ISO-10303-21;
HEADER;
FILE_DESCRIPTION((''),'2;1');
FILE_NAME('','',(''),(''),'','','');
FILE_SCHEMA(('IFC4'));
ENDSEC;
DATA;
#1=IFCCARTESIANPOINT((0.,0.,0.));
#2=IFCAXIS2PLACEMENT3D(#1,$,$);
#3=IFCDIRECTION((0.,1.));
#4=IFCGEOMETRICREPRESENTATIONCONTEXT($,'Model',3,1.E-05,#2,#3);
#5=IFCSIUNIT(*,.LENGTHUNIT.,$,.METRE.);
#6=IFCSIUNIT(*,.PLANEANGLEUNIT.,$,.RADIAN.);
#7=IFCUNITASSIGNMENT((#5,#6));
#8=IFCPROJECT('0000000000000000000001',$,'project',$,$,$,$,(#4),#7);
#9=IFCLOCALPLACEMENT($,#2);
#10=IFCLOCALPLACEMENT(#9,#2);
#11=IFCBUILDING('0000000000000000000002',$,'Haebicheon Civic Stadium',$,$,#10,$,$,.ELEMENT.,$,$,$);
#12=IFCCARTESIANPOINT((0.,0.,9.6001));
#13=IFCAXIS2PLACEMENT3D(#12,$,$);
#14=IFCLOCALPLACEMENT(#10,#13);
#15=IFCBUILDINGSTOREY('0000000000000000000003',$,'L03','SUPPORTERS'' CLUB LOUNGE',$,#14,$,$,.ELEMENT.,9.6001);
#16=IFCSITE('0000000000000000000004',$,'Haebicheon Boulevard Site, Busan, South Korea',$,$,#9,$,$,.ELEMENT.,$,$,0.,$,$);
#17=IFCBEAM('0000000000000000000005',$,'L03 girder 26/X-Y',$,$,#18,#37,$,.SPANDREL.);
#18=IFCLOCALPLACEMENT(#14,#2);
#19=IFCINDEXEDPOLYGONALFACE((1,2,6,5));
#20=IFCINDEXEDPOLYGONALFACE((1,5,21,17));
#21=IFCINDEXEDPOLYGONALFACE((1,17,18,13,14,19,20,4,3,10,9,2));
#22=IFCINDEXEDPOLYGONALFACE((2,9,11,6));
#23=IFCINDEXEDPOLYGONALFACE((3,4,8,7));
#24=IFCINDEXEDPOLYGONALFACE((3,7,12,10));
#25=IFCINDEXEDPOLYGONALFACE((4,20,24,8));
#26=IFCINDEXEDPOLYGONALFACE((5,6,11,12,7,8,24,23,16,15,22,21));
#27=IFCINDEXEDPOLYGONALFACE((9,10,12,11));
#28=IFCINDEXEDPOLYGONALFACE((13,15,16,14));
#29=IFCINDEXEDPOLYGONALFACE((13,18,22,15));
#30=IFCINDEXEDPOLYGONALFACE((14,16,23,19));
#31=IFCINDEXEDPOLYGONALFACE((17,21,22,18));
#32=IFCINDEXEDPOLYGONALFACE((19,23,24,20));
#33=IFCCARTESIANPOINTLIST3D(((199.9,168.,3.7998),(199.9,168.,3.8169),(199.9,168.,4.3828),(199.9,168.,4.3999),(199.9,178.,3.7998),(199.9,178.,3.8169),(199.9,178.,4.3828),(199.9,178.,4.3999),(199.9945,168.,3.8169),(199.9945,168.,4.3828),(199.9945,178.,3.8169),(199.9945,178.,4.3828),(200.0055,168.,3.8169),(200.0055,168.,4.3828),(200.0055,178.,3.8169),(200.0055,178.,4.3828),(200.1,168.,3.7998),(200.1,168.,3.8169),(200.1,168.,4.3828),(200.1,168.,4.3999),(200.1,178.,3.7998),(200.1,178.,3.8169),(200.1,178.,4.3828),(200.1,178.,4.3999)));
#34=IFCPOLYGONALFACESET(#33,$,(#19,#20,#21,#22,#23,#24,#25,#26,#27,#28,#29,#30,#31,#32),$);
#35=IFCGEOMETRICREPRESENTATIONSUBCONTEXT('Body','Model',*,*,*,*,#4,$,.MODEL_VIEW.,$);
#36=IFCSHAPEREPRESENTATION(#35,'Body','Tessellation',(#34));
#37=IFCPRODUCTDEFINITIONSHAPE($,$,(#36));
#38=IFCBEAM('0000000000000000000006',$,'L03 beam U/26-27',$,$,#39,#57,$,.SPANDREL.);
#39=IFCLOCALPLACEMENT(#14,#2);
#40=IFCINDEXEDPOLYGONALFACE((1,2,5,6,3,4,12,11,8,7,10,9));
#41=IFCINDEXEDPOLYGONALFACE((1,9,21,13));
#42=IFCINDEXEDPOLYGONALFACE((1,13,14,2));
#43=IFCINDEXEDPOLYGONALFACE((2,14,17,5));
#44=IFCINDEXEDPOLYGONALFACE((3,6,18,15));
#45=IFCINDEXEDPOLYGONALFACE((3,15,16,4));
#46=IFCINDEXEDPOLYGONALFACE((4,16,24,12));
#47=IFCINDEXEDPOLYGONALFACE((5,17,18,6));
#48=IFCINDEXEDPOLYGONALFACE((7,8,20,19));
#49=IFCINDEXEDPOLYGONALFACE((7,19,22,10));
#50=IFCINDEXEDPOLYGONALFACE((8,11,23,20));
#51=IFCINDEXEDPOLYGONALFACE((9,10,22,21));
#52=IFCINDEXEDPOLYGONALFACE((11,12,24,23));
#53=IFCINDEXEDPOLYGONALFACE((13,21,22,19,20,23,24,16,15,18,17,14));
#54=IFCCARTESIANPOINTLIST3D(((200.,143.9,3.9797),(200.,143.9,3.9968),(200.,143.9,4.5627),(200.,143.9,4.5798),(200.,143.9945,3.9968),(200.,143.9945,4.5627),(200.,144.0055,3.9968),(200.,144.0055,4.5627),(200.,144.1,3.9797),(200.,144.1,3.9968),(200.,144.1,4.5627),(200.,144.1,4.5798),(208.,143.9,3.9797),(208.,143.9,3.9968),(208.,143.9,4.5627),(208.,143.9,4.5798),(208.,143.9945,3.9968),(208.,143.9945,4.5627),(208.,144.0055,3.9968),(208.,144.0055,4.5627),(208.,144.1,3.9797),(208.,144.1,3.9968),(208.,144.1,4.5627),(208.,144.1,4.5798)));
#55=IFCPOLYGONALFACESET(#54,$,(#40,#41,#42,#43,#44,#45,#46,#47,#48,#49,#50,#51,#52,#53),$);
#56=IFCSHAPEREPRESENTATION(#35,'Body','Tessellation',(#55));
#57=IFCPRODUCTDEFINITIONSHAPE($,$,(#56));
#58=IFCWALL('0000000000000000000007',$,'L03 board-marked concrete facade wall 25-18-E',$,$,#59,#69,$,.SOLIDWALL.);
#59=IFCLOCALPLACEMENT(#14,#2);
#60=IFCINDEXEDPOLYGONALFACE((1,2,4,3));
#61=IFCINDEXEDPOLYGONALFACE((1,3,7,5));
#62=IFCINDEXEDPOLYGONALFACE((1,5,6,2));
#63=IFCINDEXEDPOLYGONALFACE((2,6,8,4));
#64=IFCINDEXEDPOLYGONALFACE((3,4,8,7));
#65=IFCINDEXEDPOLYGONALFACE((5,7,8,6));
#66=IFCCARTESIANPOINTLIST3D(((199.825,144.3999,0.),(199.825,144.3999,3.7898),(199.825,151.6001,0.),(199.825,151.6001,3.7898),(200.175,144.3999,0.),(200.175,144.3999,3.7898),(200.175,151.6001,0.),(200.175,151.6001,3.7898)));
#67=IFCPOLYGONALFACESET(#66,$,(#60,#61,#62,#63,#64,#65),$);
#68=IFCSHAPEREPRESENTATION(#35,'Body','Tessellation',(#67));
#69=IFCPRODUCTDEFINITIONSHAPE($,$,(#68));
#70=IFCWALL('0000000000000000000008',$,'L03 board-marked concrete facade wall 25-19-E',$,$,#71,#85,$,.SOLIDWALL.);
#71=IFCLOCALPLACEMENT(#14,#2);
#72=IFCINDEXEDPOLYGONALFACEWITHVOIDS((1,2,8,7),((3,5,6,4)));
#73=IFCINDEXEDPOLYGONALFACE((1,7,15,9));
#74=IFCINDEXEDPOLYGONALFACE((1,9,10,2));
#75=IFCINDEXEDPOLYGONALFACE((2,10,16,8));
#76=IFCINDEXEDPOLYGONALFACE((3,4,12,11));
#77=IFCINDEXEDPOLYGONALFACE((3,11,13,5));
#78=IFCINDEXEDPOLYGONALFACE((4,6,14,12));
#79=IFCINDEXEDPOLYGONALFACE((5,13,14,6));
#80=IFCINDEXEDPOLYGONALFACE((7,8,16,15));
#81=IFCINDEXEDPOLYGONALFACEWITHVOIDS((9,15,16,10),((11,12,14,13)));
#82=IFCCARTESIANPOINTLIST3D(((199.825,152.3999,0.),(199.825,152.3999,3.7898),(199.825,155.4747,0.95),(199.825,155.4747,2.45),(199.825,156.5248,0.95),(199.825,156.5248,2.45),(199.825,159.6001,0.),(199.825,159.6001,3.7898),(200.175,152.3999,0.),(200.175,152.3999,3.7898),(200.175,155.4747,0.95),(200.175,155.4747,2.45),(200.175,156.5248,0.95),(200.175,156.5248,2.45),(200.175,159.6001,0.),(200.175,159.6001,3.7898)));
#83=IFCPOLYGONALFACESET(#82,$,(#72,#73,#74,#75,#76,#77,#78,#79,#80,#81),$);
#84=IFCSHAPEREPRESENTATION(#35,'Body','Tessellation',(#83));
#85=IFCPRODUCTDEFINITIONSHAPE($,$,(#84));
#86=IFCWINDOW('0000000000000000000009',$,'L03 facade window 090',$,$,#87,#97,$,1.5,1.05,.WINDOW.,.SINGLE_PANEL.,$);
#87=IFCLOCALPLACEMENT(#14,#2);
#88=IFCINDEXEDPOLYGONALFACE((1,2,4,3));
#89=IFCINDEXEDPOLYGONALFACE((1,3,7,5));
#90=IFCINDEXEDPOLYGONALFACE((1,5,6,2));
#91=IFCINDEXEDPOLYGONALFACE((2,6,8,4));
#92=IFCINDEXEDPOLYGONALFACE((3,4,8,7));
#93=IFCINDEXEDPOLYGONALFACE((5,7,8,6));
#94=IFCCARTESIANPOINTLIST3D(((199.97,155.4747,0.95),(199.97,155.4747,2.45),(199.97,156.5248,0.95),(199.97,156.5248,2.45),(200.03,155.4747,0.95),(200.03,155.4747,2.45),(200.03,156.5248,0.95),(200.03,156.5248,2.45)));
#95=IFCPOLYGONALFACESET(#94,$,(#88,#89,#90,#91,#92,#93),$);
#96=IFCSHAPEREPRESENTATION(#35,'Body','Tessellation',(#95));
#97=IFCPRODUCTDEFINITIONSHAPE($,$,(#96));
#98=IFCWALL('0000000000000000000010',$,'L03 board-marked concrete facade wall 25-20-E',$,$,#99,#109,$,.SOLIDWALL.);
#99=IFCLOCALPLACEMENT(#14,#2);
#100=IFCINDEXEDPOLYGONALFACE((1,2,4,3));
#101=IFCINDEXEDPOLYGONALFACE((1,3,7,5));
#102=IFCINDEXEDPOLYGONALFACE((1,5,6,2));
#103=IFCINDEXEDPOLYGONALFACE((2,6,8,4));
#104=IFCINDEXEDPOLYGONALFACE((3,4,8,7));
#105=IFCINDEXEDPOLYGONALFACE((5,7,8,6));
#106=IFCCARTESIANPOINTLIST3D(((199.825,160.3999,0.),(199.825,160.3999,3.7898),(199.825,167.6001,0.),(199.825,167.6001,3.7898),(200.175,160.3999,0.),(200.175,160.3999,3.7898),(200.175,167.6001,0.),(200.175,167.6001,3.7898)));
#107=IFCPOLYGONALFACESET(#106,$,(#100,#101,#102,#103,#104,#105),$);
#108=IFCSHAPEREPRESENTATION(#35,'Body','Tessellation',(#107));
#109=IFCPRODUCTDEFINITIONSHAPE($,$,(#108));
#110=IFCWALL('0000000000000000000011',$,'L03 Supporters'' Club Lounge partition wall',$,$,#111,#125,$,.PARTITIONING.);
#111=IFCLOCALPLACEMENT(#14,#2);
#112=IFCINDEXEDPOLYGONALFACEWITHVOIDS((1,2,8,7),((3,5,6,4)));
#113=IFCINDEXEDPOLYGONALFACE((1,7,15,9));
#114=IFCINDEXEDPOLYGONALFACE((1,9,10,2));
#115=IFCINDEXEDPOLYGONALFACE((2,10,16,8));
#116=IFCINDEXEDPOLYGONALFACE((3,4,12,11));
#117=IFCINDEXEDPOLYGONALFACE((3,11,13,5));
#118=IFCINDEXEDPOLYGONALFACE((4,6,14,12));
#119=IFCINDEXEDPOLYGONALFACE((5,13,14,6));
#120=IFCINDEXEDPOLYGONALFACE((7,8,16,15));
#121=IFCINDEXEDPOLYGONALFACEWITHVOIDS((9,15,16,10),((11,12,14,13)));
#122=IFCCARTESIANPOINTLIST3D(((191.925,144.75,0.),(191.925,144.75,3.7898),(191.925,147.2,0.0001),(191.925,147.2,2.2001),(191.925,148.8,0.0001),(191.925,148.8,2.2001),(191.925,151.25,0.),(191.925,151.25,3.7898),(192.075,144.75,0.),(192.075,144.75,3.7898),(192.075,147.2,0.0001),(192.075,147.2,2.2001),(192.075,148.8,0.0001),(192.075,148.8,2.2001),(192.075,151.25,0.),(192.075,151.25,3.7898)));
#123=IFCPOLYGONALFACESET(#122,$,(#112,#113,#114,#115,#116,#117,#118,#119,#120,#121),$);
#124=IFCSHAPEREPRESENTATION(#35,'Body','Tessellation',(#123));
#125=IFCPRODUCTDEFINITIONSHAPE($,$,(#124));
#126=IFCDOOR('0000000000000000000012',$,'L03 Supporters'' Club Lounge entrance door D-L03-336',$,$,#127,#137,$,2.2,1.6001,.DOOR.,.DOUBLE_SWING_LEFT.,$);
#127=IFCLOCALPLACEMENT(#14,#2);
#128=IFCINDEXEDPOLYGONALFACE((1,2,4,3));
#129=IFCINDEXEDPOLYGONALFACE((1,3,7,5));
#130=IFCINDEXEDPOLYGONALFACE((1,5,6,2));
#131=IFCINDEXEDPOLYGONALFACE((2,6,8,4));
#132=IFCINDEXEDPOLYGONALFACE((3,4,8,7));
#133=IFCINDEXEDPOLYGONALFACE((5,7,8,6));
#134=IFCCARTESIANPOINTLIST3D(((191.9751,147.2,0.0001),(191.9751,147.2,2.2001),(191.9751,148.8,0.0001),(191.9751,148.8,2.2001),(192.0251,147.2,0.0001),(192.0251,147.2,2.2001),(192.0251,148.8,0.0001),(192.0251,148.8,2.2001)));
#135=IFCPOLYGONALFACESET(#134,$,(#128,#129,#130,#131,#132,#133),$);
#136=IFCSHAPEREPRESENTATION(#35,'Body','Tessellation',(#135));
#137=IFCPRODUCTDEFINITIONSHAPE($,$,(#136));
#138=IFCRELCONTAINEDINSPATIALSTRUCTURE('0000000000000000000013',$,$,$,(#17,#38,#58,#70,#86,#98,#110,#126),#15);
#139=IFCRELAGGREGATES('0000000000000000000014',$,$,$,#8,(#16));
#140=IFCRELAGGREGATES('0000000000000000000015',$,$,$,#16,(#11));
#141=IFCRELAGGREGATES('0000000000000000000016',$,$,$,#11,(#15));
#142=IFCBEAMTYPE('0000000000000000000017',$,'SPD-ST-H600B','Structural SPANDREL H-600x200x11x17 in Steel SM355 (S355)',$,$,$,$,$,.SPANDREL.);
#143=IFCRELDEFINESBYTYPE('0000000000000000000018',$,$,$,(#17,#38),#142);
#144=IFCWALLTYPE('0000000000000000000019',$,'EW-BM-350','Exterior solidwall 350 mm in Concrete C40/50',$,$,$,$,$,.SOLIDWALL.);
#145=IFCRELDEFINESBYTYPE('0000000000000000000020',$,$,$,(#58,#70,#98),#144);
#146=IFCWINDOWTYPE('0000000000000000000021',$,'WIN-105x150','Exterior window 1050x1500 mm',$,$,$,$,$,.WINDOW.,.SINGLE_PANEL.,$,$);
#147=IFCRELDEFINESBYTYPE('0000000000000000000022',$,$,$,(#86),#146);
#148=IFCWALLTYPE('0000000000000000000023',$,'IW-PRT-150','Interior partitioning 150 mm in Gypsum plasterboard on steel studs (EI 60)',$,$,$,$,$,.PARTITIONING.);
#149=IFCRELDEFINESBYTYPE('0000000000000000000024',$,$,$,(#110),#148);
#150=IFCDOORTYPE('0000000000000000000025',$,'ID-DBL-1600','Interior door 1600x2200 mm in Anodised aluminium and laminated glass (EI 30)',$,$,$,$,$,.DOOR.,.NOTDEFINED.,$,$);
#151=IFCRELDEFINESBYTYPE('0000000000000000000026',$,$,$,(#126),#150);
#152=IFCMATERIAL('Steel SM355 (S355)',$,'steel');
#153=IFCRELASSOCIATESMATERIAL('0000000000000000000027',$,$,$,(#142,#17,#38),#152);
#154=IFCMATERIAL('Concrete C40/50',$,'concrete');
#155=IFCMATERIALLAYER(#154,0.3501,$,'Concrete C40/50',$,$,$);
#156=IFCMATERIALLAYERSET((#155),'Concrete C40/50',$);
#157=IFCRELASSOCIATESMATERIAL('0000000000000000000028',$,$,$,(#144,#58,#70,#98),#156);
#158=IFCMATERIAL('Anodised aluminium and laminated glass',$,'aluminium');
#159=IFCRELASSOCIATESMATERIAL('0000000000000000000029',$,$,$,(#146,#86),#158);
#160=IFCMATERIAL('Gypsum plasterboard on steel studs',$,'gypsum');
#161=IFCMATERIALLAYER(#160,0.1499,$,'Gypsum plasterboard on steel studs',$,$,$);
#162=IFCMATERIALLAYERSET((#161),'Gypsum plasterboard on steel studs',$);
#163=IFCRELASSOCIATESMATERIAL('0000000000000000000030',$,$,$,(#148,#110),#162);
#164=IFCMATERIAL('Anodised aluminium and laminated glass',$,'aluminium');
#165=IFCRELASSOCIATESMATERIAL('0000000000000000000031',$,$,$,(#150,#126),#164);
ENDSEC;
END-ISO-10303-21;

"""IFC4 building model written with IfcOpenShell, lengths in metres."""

from ifc_helpers import new_model, si_unit, direction, frame, frame_2d, origin, origin_2d, place, context, subcontext, project, spatial, rectangle, i_section, extrude, material, layer, layer_set, material_profile, profile_set, type_object, element, fill, save


model = new_model("IFC4")

# Units and contexts
model_context = context("Model", 3, precision=1e-05, world=origin(), true_north=direction((0.0, 1.0)))
body_context = subcontext(model_context, "Body", "Model", "MODEL_VIEW")
ifc_project = project(units=[si_unit("LENGTHUNIT", "METRE"), si_unit("PLANEANGLEUNIT", "RADIAN")], contexts=[model_context])

# Site, building, storey
site_placement = place(None, origin())
site = spatial("IfcSite", under=ifc_project, at=site_placement, Name="Haebicheon Boulevard Site, Busan, South Korea", CompositionType="ELEMENT", RefElevation=0.0)
building_placement = place(site_placement, origin())
building = spatial("IfcBuilding", under=site, at=building_placement, Name="Haebicheon Civic Stadium", CompositionType="ELEMENT")
storey_placement = place(building_placement, frame((0.0, 0.0, 9.6001)))
storey = spatial("IfcBuildingStorey", under=building, at=storey_placement, Name="L03", Description="SUPPORTERS' CLUB LOUNGE", CompositionType="ELEMENT", Elevation=9.6001)

# Beams
ifc_material_1 = material(Name="Steel SM355 (S355)", Category="steel")
ifc_material_profile_1 = material_profile(ifc_material_1, i_section(OverallWidth=0.2, OverallDepth=0.6001, WebThickness=0.011, FlangeThickness=0.0171, at=origin_2d()), Name="H-600x200x11x17")
ifc_profile_set_1 = profile_set([ifc_material_profile_1], Name="Steel SM355 (S355)")
beam_type_1 = type_object("IfcBeamType", Name="SPD-ST-H600B", Description="Structural SPANDREL H-600x200x11x17 in Steel SM355 (S355)", PredefinedType="SPANDREL", material=ifc_profile_set_1)
beam_1_placement = place(storey_placement, frame((200.0, 168.0, 4.0999), z_axis=(0.0, 1.0, 0.0), x_axis=(-1.0, 0.0, 0.0)))
element("IfcBeam", 1, at=beam_1_placement, inside=storey, type_object=beam_type_1, material=ifc_profile_set_1, Name="L03 girder 26/X-Y", PredefinedType="SPANDREL", context=body_context, shape_type="SweptSolid", body=[
    extrude(i_section(OverallWidth=0.2, OverallDepth=0.6001, WebThickness=0.011, FlangeThickness=0.0171, at=origin_2d()), origin(), (0.0, 0.0, 1.0), 10.0),
])
beam_2_placement = place(storey_placement, frame((200.0, 144.0, 4.2798), z_axis=(1.0, 0.0, 0.0), x_axis=(0.0, 1.0, 0.0)))
element("IfcBeam", 2, at=beam_2_placement, inside=storey, type_object=beam_type_1, material=ifc_profile_set_1, Name="L03 beam U/26-27", PredefinedType="SPANDREL", context=body_context, shape_type="SweptSolid", body=[
    extrude(i_section(OverallWidth=0.2, OverallDepth=0.6001, WebThickness=0.011, FlangeThickness=0.0171, at=origin_2d()), origin(), (0.0, 0.0, 1.0), 8.0),
])

# Wall
ifc_material_2 = material(Name="Concrete C40/50", Category="concrete")
ifc_layer_1 = layer(ifc_material_2, 0.3501, Name="Concrete C40/50")
ifc_layer_set_1 = layer_set([ifc_layer_1], Name="Concrete C40/50")
wall_type_1 = type_object("IfcWallType", Name="EW-BM-350", Description="Exterior solidwall 350 mm in Concrete C40/50", PredefinedType="SOLIDWALL", material=ifc_layer_set_1)
wall_1_placement = place(storey_placement, frame((200.0, 144.3999, 0.0), z_axis=(0.0, 0.0, 1.0), x_axis=(0.0, 1.0, 0.0)))
element("IfcWall", 3, at=wall_1_placement, inside=storey, type_object=wall_type_1, material=ifc_layer_set_1, Name="L03 board-marked concrete facade wall 25-18-E", PredefinedType="SOLIDWALL", context=body_context, shape_type="SweptSolid", body=[
    extrude(rectangle(XDim=7.2002, YDim=0.3501, at=frame_2d((3.6001, 0.0))), origin(), (0.0, 0.0, 1.0), 3.7898),
])

# Wall, opening, window
wall_2_placement = place(storey_placement, frame((200.0, 152.3999, 0.0), z_axis=(0.0, 0.0, 1.0), x_axis=(0.0, 1.0, 0.0)))
wall_2 = element("IfcWall", 4, at=wall_2_placement, inside=storey, type_object=wall_type_1, material=ifc_layer_set_1, Name="L03 board-marked concrete facade wall 25-19-E", PredefinedType="SOLIDWALL", context=body_context, shape_type="SweptSolid", body=[
    extrude(rectangle(XDim=7.2002, YDim=0.3501, at=frame_2d((3.6001, 0.0))), origin(), (0.0, 0.0, 1.0), 3.7898),
])
opening_1_placement = place(wall_2_placement, frame((3.075, 0.0, 0.95)))
opening_1 = element("IfcOpeningElement", 5, at=opening_1_placement, cuts=wall_2, PredefinedType="OPENING", context=body_context, shape_type="SweptSolid", body=[
    extrude(rectangle(XDim=1.05, YDim=1.5, at=frame_2d((0.5249, 0.75))), frame((0.0, 0.1851, 0.0), z_axis=(0.0, -1.0, 0.0), x_axis=(1.0, 0.0, 0.0)), (0.0, 0.0, 1.0), 0.3701),
])
ifc_material_3 = material(Name="Anodised aluminium and laminated glass", Category="aluminium")
window_type = type_object("IfcWindowType", Name="WIN-105x150", Description="Exterior window 1050x1500 mm", PartitioningType="SINGLE_PANEL", PredefinedType="WINDOW", material=ifc_material_3)
window_placement = place(opening_1_placement, origin())
window = element("IfcWindow", 6, at=window_placement, inside=storey, type_object=window_type, material=ifc_material_3, Name="L03 facade window 090", OverallHeight=1.5, OverallWidth=1.05, PartitioningType="SINGLE_PANEL", PredefinedType="WINDOW", context=body_context, shape_type="SweptSolid", body=[
    extrude(rectangle(XDim=1.05, YDim=1.5, at=frame_2d((0.5249, 0.75))), frame((0.0, 0.03, 0.0), z_axis=(0.0, -1.0, 0.0), x_axis=(1.0, 0.0, 0.0)), (0.0, 0.0, 1.0), 0.0601),
])
fill(opening_1, window)

# Wall
wall_3_placement = place(storey_placement, frame((200.0, 160.3999, 0.0), z_axis=(0.0, 0.0, 1.0), x_axis=(0.0, 1.0, 0.0)))
element("IfcWall", 7, at=wall_3_placement, inside=storey, type_object=wall_type_1, material=ifc_layer_set_1, Name="L03 board-marked concrete facade wall 25-20-E", PredefinedType="SOLIDWALL", context=body_context, shape_type="SweptSolid", body=[
    extrude(rectangle(XDim=7.2002, YDim=0.3501, at=frame_2d((3.6001, 0.0))), origin(), (0.0, 0.0, 1.0), 3.7898),
])

# Wall, opening, door
ifc_material_4 = material(Name="Gypsum plasterboard on steel studs", Category="gypsum")
ifc_layer_2 = layer(ifc_material_4, 0.1499, Name="Gypsum plasterboard on steel studs")
ifc_layer_set_2 = layer_set([ifc_layer_2], Name="Gypsum plasterboard on steel studs")
wall_type_2 = type_object("IfcWallType", Name="IW-PRT-150", Description="Interior partitioning 150 mm in Gypsum plasterboard on steel studs (EI 60)", PredefinedType="PARTITIONING", material=ifc_layer_set_2)
wall_4_placement = place(storey_placement, frame((192.0, 144.75, 0.0), z_axis=(0.0, 0.0, 1.0), x_axis=(0.0, 1.0, 0.0)))
wall_4 = element("IfcWall", 8, at=wall_4_placement, inside=storey, type_object=wall_type_2, material=ifc_layer_set_2, Name="L03 Supporters' Club Lounge partition wall", PredefinedType="PARTITIONING", context=body_context, shape_type="SweptSolid", body=[
    extrude(rectangle(XDim=6.5, YDim=0.1499, at=frame_2d((3.25, 0.0))), origin(), (0.0, 0.0, 1.0), 3.7898),
])
opening_2_placement = place(wall_4_placement, frame((2.45, 0.0, 0.0)))
opening_2 = element("IfcOpeningElement", 9, at=opening_2_placement, cuts=wall_4, PredefinedType="OPENING", context=body_context, shape_type="SweptSolid", body=[
    extrude(rectangle(XDim=1.6001, YDim=2.2, at=frame_2d((0.8, 1.1001))), frame((0.0, 0.085, 0.0), z_axis=(0.0, -1.0, 0.0), x_axis=(1.0, 0.0, 0.0)), (0.0, 0.0, 1.0), 0.1699),
])
ifc_material_5 = material(Name="Anodised aluminium and laminated glass", Category="aluminium")
door_type_1 = type_object("IfcDoorType", Name="ID-DBL-1600", Description="Interior door 1600x2200 mm in Anodised aluminium and laminated glass (EI 30)", OperationType="NOTDEFINED", PredefinedType="DOOR", material=ifc_material_5)
door_1_placement = place(opening_2_placement, origin())
door_1 = element("IfcDoor", 10, at=door_1_placement, inside=storey, type_object=door_type_1, material=ifc_material_5, Name="L03 Supporters' Club Lounge entrance door D-L03-336", OperationType="DOUBLE_SWING_LEFT", OverallHeight=2.2, OverallWidth=1.6001, PredefinedType="DOOR", context=body_context, shape_type="SweptSolid", body=[
    extrude(rectangle(XDim=1.6001, YDim=2.2, at=frame_2d((0.8, 1.1001))), frame((0.0, 0.0249, 0.0), z_axis=(0.0, -1.0, 0.0), x_axis=(1.0, 0.0, 0.0)), (0.0, 0.0, 1.0), 0.05),
])
fill(opening_2, door_1)

save(model, "model.ifc")
